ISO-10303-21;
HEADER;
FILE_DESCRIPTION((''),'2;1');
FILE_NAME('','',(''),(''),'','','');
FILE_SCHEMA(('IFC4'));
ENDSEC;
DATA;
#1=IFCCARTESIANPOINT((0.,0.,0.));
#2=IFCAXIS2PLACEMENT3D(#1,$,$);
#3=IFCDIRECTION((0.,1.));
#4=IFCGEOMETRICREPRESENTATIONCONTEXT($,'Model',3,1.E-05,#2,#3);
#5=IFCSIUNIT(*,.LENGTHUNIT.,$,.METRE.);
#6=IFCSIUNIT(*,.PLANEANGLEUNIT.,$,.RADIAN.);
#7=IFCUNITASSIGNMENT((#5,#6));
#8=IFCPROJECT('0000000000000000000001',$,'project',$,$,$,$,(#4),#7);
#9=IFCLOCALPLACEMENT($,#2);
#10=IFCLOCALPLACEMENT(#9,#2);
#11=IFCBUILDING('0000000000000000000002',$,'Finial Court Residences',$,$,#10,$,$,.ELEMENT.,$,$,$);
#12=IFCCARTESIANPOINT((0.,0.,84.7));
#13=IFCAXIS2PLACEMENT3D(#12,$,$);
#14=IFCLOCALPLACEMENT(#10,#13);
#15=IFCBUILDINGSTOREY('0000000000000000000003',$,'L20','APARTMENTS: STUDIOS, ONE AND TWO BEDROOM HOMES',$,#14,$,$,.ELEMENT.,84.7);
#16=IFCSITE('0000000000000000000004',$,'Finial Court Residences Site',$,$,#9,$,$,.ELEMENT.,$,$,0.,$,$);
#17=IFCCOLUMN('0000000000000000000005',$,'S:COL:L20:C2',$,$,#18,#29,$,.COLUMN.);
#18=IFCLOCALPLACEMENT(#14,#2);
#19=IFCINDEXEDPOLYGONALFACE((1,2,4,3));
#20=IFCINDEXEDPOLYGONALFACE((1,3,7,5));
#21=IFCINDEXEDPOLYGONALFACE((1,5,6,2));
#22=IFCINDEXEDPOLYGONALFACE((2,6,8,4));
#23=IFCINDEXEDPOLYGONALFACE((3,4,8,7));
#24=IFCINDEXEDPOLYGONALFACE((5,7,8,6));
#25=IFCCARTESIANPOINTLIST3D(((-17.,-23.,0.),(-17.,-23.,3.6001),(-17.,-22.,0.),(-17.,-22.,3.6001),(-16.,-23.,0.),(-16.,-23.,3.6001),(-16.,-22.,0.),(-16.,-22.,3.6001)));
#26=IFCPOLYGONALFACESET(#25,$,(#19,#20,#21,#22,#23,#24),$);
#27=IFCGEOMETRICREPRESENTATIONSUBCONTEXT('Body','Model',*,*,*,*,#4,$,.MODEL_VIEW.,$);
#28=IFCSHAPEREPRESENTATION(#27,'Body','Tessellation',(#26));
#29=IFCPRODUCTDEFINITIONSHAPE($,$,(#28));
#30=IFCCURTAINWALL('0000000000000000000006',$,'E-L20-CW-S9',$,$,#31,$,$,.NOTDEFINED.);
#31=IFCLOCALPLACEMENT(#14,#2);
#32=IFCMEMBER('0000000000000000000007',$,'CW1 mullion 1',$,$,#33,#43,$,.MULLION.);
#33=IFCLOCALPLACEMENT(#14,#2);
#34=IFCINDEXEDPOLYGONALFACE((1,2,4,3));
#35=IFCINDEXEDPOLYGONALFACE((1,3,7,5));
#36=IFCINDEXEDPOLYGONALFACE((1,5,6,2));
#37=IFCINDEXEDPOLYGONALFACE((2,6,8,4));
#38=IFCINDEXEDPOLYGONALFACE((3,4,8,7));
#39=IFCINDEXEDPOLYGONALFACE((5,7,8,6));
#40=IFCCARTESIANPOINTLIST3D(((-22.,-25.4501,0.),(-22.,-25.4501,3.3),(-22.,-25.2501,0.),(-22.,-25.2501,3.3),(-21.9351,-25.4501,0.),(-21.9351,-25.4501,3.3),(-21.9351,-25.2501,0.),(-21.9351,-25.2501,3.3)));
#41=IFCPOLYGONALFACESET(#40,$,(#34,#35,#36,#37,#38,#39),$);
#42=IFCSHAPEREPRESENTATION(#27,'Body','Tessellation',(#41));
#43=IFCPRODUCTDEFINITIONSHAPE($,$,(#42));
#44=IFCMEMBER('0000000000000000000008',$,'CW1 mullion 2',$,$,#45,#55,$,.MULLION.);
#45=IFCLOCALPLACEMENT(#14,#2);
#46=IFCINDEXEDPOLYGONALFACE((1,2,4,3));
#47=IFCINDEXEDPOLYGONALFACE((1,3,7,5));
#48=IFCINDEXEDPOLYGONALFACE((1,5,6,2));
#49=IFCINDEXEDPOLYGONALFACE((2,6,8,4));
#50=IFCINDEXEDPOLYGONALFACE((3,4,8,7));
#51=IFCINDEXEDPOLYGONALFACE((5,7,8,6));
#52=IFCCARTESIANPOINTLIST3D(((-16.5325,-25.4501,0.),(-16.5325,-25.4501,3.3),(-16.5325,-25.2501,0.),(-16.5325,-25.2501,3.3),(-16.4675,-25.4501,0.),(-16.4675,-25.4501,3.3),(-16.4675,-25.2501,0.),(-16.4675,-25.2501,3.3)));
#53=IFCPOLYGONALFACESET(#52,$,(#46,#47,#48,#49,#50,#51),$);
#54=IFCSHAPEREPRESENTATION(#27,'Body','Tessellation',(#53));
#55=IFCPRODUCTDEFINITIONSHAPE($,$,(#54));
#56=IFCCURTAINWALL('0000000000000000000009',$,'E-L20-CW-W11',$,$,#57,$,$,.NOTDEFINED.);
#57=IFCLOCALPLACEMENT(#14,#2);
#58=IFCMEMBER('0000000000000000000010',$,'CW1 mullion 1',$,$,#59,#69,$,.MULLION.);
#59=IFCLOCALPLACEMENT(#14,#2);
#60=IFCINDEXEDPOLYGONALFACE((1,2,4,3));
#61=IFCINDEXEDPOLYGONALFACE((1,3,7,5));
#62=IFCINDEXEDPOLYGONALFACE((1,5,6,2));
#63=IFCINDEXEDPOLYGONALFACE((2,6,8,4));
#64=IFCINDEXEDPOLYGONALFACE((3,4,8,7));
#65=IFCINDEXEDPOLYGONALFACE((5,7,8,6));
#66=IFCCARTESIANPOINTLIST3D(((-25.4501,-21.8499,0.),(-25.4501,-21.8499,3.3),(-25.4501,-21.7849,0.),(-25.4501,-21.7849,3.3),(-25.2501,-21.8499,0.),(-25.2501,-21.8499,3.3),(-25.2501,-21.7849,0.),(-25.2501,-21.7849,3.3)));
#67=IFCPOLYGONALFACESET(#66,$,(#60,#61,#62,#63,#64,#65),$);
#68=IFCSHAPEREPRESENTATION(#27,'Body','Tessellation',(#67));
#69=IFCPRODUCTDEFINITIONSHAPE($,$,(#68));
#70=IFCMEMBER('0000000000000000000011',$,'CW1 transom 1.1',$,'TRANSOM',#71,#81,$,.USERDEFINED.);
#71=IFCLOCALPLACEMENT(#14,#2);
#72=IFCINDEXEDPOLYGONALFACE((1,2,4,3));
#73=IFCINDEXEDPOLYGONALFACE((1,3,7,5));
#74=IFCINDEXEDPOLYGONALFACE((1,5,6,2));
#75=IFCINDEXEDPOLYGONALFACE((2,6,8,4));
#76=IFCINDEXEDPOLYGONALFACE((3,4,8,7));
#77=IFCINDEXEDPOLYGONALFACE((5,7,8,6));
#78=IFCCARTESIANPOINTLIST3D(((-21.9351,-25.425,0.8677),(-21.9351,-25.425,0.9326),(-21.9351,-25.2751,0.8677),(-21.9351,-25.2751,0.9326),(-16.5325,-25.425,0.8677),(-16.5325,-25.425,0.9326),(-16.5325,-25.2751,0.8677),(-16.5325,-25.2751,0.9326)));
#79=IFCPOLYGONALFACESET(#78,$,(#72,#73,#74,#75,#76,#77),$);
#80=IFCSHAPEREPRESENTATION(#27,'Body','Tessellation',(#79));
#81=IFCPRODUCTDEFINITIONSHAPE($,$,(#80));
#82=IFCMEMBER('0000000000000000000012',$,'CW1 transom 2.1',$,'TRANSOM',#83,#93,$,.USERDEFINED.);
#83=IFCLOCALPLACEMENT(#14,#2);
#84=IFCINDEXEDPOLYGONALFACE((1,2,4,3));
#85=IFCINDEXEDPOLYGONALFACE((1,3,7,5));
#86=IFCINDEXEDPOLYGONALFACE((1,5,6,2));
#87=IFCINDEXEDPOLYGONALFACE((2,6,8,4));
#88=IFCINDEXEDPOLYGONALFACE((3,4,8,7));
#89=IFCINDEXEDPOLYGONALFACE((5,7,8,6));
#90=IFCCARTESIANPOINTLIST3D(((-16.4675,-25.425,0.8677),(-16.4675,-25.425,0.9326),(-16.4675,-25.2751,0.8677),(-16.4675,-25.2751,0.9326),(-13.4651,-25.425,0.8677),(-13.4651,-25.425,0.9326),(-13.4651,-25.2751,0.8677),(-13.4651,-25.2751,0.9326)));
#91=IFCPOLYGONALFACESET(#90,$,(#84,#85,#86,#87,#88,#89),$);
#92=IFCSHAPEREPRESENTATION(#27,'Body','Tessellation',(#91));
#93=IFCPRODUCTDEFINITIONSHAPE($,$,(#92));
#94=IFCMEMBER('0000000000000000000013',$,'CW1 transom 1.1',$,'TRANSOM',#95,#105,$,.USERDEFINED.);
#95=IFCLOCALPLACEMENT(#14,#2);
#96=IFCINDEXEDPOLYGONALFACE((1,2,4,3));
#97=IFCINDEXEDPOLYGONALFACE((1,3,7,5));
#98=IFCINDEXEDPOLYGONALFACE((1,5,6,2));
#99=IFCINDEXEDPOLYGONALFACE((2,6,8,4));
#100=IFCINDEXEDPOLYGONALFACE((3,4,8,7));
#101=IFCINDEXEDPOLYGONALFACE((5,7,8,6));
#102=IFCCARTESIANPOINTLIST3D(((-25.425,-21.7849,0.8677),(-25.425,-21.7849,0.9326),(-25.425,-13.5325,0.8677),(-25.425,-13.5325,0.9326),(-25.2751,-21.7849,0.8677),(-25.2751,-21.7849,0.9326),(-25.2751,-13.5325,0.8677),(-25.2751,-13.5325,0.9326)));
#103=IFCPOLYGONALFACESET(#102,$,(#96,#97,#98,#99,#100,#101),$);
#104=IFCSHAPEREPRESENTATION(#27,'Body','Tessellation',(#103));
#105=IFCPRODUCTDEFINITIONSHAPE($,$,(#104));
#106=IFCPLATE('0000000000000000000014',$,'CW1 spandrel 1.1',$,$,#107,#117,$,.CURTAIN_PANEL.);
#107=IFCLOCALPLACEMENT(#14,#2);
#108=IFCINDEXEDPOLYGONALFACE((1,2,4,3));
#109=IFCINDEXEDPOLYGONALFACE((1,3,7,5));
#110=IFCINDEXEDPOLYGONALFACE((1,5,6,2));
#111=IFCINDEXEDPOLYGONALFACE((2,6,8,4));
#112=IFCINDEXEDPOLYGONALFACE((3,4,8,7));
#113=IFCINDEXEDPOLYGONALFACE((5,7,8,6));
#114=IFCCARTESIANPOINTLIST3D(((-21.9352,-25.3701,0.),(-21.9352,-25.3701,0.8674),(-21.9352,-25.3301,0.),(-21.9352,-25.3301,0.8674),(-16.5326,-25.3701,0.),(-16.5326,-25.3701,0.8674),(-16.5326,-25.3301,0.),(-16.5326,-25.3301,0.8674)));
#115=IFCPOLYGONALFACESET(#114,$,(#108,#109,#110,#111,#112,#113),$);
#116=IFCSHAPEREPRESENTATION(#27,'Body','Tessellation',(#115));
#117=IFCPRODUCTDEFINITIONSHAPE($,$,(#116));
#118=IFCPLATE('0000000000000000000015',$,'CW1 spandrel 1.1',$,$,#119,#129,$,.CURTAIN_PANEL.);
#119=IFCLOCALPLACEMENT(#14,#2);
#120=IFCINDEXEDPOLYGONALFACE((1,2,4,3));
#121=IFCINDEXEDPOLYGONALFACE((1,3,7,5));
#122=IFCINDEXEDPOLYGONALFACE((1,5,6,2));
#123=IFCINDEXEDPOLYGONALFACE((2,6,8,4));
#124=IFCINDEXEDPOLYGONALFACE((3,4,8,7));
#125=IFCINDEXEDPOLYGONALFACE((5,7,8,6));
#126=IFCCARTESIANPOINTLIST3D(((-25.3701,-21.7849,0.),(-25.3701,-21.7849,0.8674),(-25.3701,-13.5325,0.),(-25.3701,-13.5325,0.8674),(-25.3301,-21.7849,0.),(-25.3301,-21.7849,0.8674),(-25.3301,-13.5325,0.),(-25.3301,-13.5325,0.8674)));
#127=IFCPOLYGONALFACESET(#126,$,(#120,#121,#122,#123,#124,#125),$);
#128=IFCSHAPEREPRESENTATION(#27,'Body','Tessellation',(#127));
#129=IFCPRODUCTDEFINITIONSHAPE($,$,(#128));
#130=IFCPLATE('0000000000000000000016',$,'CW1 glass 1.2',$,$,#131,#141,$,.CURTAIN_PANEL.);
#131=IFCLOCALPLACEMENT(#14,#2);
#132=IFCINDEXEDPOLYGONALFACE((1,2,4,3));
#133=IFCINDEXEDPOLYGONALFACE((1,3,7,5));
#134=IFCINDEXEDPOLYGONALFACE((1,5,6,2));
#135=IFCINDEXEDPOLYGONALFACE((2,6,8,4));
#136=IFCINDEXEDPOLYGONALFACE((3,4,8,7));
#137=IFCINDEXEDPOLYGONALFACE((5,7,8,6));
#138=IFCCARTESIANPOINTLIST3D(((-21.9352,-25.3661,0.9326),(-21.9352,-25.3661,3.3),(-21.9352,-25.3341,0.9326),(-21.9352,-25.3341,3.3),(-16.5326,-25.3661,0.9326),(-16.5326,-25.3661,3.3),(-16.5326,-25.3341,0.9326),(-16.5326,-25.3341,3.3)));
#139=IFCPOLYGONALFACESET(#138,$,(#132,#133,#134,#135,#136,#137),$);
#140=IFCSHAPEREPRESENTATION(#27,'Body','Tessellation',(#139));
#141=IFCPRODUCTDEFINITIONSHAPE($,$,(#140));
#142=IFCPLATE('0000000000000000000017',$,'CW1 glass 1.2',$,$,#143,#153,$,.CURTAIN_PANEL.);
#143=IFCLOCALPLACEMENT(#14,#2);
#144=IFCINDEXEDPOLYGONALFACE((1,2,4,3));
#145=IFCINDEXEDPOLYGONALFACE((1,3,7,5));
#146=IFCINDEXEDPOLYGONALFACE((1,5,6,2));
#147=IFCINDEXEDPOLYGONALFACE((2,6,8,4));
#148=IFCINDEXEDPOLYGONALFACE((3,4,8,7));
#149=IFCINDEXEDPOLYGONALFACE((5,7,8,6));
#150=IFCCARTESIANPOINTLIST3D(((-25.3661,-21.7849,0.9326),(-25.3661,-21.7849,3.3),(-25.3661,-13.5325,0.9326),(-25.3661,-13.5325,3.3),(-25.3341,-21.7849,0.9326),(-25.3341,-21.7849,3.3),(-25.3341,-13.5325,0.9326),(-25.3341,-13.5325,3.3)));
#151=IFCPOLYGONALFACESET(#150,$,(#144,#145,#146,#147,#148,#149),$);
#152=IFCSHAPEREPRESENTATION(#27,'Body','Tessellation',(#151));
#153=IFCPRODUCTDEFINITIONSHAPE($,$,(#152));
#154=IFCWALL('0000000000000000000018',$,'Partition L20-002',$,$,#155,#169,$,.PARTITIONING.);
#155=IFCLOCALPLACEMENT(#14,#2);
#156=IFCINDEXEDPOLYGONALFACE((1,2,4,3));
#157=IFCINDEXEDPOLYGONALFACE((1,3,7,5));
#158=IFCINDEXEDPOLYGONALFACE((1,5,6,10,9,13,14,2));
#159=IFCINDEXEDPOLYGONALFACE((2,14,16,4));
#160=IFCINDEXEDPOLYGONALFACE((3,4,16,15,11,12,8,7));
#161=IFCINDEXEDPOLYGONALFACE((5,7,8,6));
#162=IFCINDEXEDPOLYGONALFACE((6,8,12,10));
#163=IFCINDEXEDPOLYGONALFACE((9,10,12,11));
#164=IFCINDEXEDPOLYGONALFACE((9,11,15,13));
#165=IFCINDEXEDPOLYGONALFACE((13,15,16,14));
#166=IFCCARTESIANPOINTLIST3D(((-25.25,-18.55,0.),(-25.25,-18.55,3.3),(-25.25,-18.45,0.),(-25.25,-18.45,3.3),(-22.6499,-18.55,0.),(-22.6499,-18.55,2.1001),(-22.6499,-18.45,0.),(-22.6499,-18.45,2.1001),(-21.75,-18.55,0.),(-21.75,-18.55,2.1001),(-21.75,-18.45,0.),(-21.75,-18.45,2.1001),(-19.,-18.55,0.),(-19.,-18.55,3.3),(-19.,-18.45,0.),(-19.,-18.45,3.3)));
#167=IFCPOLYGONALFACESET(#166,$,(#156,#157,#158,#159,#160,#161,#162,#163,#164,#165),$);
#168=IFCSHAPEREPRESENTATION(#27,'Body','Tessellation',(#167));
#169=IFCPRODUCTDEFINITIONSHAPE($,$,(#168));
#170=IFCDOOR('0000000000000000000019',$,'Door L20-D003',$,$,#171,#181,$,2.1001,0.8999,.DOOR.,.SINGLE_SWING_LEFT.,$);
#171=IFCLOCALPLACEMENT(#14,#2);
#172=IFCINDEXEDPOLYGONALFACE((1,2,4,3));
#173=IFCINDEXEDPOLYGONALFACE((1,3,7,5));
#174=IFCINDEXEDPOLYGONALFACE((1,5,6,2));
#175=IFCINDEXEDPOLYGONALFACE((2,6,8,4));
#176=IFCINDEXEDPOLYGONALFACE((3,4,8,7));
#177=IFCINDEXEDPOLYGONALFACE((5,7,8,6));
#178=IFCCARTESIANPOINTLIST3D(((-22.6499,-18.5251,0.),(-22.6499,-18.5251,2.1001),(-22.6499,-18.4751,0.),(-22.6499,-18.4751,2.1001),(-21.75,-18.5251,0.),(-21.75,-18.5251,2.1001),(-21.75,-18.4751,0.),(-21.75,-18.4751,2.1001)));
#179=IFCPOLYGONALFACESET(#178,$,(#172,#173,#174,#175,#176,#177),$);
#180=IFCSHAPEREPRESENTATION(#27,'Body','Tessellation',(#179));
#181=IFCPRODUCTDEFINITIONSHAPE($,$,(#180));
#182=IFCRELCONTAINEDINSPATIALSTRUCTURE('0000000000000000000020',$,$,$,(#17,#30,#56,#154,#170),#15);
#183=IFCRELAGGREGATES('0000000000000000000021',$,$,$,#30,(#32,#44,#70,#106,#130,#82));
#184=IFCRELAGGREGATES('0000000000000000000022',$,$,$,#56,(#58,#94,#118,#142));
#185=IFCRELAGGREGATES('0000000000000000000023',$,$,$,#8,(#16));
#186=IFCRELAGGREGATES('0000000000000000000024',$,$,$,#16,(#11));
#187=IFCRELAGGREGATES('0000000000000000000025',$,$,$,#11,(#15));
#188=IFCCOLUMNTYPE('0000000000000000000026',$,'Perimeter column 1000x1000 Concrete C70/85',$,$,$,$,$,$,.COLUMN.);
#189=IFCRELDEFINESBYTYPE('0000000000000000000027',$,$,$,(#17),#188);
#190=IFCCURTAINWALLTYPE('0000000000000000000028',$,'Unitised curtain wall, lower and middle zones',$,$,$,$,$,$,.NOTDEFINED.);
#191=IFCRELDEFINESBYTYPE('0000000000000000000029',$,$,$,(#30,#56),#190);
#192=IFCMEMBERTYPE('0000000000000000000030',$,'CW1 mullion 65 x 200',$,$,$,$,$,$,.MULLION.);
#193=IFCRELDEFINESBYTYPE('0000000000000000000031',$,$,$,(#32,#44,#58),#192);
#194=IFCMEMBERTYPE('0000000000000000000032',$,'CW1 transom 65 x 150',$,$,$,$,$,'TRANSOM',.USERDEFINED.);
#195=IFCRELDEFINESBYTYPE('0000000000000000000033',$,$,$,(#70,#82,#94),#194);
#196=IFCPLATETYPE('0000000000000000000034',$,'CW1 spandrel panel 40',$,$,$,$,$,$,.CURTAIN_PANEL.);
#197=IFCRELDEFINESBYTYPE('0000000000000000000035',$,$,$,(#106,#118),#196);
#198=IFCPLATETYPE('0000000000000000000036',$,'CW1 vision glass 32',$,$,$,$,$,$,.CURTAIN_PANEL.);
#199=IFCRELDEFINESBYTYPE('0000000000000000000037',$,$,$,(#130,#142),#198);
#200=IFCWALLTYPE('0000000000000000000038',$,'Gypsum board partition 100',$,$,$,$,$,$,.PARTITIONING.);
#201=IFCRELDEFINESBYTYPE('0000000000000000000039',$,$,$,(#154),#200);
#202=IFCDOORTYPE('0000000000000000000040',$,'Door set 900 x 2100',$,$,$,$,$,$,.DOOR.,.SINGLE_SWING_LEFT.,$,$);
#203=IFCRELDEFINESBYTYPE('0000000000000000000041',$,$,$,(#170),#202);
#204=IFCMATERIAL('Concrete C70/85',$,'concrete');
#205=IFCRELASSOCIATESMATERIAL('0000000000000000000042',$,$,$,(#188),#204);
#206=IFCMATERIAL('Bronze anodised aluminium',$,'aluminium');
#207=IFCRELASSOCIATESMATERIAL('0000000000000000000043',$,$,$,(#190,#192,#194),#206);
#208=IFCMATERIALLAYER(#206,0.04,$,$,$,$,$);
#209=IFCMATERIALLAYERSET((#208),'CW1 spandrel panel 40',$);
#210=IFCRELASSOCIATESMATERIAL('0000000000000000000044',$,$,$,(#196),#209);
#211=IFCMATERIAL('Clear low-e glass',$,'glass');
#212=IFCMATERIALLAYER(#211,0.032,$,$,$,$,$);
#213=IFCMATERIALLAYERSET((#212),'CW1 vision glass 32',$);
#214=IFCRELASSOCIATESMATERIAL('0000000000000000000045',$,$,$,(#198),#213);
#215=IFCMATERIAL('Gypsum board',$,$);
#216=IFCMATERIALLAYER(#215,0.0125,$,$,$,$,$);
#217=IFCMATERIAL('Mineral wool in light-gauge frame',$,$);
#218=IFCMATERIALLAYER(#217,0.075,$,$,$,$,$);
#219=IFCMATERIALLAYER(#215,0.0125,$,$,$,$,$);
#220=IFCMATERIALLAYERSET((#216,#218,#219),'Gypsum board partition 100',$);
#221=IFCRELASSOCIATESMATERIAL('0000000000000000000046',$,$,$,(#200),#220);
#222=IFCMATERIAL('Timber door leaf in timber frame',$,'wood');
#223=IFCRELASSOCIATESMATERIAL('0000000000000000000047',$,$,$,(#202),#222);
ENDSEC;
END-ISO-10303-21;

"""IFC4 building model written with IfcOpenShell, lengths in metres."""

from ifc_helpers import new_model, si_unit, direction, frame, frame_2d, origin, origin_2d, place, context, subcontext, project, spatial, rectangle, extrude, material, layer, layer_set, material_profile, profile_set, type_object, element, fill, aggregate, save


model = new_model("IFC4")

# Units and contexts
model_context = context("Model", 3, precision=1e-05, world=origin(), true_north=direction((0.0, 1.0)))
body_context = subcontext(model_context, "Body", "Model", "MODEL_VIEW")
ifc_project = project(units=[si_unit("LENGTHUNIT", "METRE"), si_unit("PLANEANGLEUNIT", "RADIAN")], contexts=[model_context])

# Site, building, storey
site_placement = place(None, origin())
site = spatial("IfcSite", under=ifc_project, at=site_placement, Name="Finial Court Residences Site", CompositionType="ELEMENT", RefElevation=0.0)
building_placement = place(site_placement, origin())
building = spatial("IfcBuilding", under=site, at=building_placement, Name="Finial Court Residences", CompositionType="ELEMENT")
storey_placement = place(building_placement, frame((0.0, 0.0, 84.7)))
storey = spatial("IfcBuildingStorey", under=building, at=storey_placement, Name="L20", Description="APARTMENTS: STUDIOS, ONE AND TWO BEDROOM HOMES", CompositionType="ELEMENT", Elevation=84.7)

# Column
ifc_material_1 = material(Name="Concrete C70/85", Category="concrete")
ifc_material_profile_1 = material_profile(ifc_material_1, rectangle(XDim=1.0, YDim=1.0, at=origin_2d()), Name="1000x1000")
ifc_profile_set_1 = profile_set([ifc_material_profile_1], Name="Concrete C70/85")
column_type = type_object("IfcColumnType", Name="Perimeter column 1000x1000 Concrete C70/85", PredefinedType="COLUMN", material=ifc_profile_set_1)
column_placement = place(storey_placement, frame((-16.5, -22.5, 0.0), z_axis=(0.0, 0.0, 1.0), x_axis=(1.0, 0.0, 0.0)))
element("IfcColumn", 1, at=column_placement, inside=storey, type_object=column_type, Name="S:COL:L20:C2", PredefinedType="COLUMN", context=body_context, shape_type="SweptSolid", body=[
    extrude(rectangle(XDim=1.0, YDim=1.0, at=origin_2d()), origin(), (0.0, 0.0, 1.0), 3.6001),
])

# Curtain wall, members
ifc_material_2 = material(Name="Bronze anodised aluminium", Category="aluminium")
curtain_wall_type = type_object("IfcCurtainWallType", Name="Unitised curtain wall, lower and middle zones", PredefinedType="NOTDEFINED", material=ifc_material_2)
curtain_wall_1_placement = place(storey_placement, origin())
curtain_wall_1 = element("IfcCurtainWall", 2, at=curtain_wall_1_placement, inside=storey, type_object=curtain_wall_type, Name="E-L20-CW-S9", PredefinedType="NOTDEFINED")
ifc_material_profile_2 = material_profile(ifc_material_2, rectangle(XDim=0.2, YDim=0.0649, at=origin_2d()), Name="CW1 mullion 65 x 200")
ifc_profile_set_2 = profile_set([ifc_material_profile_2], Name="Bronze anodised aluminium")
member_type_1 = type_object("IfcMemberType", Name="CW1 mullion 65 x 200", PredefinedType="MULLION", material=ifc_profile_set_2)
member_1_placement = place(storey_placement, frame((-21.9675, -25.3501, 0.0), z_axis=(0.0, 0.0, 1.0), x_axis=(0.0, 1.0, 0.0)))
member_1 = element("IfcMember", 3, at=member_1_placement, type_object=member_type_1, Name="CW1 mullion 1", PredefinedType="MULLION", context=body_context, shape_type="SweptSolid", body=[
    extrude(rectangle(XDim=0.2, YDim=0.0649, at=origin_2d()), origin(), (0.0, 0.0, 1.0), 3.3),
])
member_2_placement = place(storey_placement, frame((-16.5, -25.3501, 0.0), z_axis=(0.0, 0.0, 1.0), x_axis=(0.0, 1.0, 0.0)))
member_2 = element("IfcMember", 4, at=member_2_placement, type_object=member_type_1, Name="CW1 mullion 2", PredefinedType="MULLION", context=body_context, shape_type="SweptSolid", body=[
    extrude(rectangle(XDim=0.2, YDim=0.0649, at=origin_2d()), origin(), (0.0, 0.0, 1.0), 3.3),
])

# Curtain wall, member
curtain_wall_2_placement = place(storey_placement, origin())
curtain_wall_2 = element("IfcCurtainWall", 5, at=curtain_wall_2_placement, inside=storey, type_object=curtain_wall_type, Name="E-L20-CW-W11", PredefinedType="NOTDEFINED")
member_3_placement = place(storey_placement, frame((-25.3501, -21.8174, 0.0), z_axis=(0.0, 0.0, 1.0), x_axis=(-1.0, 0.0, 0.0)))
member_3 = element("IfcMember", 6, at=member_3_placement, type_object=member_type_1, Name="CW1 mullion 1", PredefinedType="MULLION", context=body_context, shape_type="SweptSolid", body=[
    extrude(rectangle(XDim=0.2, YDim=0.0649, at=origin_2d()), origin(), (0.0, 0.0, 1.0), 3.3),
])

# Members
ifc_material_profile_3 = material_profile(ifc_material_2, rectangle(XDim=0.1499, YDim=0.0649, at=origin_2d()), Name="CW1 transom 65 x 150")
ifc_profile_set_3 = profile_set([ifc_material_profile_3], Name="Bronze anodised aluminium")
member_type_2 = type_object("IfcMemberType", Name="CW1 transom 65 x 150", ElementType="TRANSOM", PredefinedType="USERDEFINED", material=ifc_profile_set_3)
member_4_placement = place(storey_placement, frame((-21.9351, -25.3501, 0.9001), z_axis=(1.0, 0.0, 0.0), x_axis=(0.0, 1.0, 0.0)))
member_4 = element("IfcMember", 7, at=member_4_placement, type_object=member_type_2, Name="CW1 transom 1.1", ObjectType="TRANSOM", PredefinedType="USERDEFINED", context=body_context, shape_type="SweptSolid", body=[
    extrude(rectangle(XDim=0.1499, YDim=0.0649, at=origin_2d()), origin(), (0.0, 0.0, 1.0), 5.4026),
])
member_5_placement = place(storey_placement, frame((-16.4675, -25.3501, 0.9001), z_axis=(1.0, 0.0, 0.0), x_axis=(0.0, 1.0, 0.0)))
member_5 = element("IfcMember", 8, at=member_5_placement, type_object=member_type_2, Name="CW1 transom 2.1", ObjectType="TRANSOM", PredefinedType="USERDEFINED", context=body_context, shape_type="SweptSolid", body=[
    extrude(rectangle(XDim=0.1499, YDim=0.0649, at=origin_2d()), origin(), (0.0, 0.0, 1.0), 3.0024),
])
member_6_placement = place(storey_placement, frame((-25.3501, -21.7849, 0.9001), z_axis=(0.0, 1.0, 0.0), x_axis=(-1.0, 0.0, 0.0)))
member_6 = element("IfcMember", 9, at=member_6_placement, type_object=member_type_2, Name="CW1 transom 1.1", ObjectType="TRANSOM", PredefinedType="USERDEFINED", context=body_context, shape_type="SweptSolid", body=[
    extrude(rectangle(XDim=0.1499, YDim=0.0649, at=origin_2d()), origin(), (0.0, 0.0, 1.0), 8.2524),
])

# Plates
ifc_layer_1 = layer(ifc_material_2, 0.04)
ifc_layer_set_1 = layer_set([ifc_layer_1], Name="CW1 spandrel panel 40")
plate_type_1 = type_object("IfcPlateType", Name="CW1 spandrel panel 40", PredefinedType="CURTAIN_PANEL", material=ifc_layer_set_1)
plate_1_placement = place(storey_placement, frame((-19.2339, -25.3501, 0.0), z_axis=(0.0, 0.0, 1.0), x_axis=(1.0, 0.0, 0.0)))
plate_1 = element("IfcPlate", 10, at=plate_1_placement, type_object=plate_type_1, Name="CW1 spandrel 1.1", PredefinedType="CURTAIN_PANEL", context=body_context, shape_type="SweptSolid", body=[
    extrude(rectangle(XDim=5.4026, YDim=0.04, at=origin_2d()), origin(), (0.0, 0.0, 1.0), 0.8674),
])
plate_2_placement = place(storey_placement, frame((-25.3501, -17.6587, 0.0), z_axis=(0.0, 0.0, 1.0), x_axis=(0.0, 1.0, 0.0)))
plate_2 = element("IfcPlate", 11, at=plate_2_placement, type_object=plate_type_1, Name="CW1 spandrel 1.1", PredefinedType="CURTAIN_PANEL", context=body_context, shape_type="SweptSolid", body=[
    extrude(rectangle(XDim=8.2524, YDim=0.04, at=origin_2d()), origin(), (0.0, 0.0, 1.0), 0.8674),
])
ifc_material_3 = material(Name="Clear low-e glass", Category="glass")
ifc_layer_2 = layer(ifc_material_3, 0.032)
ifc_layer_set_2 = layer_set([ifc_layer_2], Name="CW1 vision glass 32")
plate_type_2 = type_object("IfcPlateType", Name="CW1 vision glass 32", PredefinedType="CURTAIN_PANEL", material=ifc_layer_set_2)
plate_3_placement = place(storey_placement, frame((-19.2339, -25.3501, 0.9326), z_axis=(0.0, 0.0, 1.0), x_axis=(1.0, 0.0, 0.0)))
plate_3 = element("IfcPlate", 12, at=plate_3_placement, type_object=plate_type_2, Name="CW1 glass 1.2", PredefinedType="CURTAIN_PANEL", context=body_context, shape_type="SweptSolid", body=[
    extrude(rectangle(XDim=5.4026, YDim=0.032, at=origin_2d()), origin(), (0.0, 0.0, 1.0), 2.3674),
])
aggregate(curtain_wall_1, [member_1, member_2, member_4, plate_1, plate_3, member_5])
plate_4_placement = place(storey_placement, frame((-25.3501, -17.6587, 0.9326), z_axis=(0.0, 0.0, 1.0), x_axis=(0.0, 1.0, 0.0)))
plate_4 = element("IfcPlate", 13, at=plate_4_placement, type_object=plate_type_2, Name="CW1 glass 1.2", PredefinedType="CURTAIN_PANEL", context=body_context, shape_type="SweptSolid", body=[
    extrude(rectangle(XDim=8.2524, YDim=0.032, at=origin_2d()), origin(), (0.0, 0.0, 1.0), 2.3674),
])
aggregate(curtain_wall_2, [member_3, member_6, plate_2, plate_4])

# Wall, opening, door
ifc_material_4 = material(Name="Gypsum board")
ifc_layer_3 = layer(ifc_material_4, 0.0125)
ifc_material_5 = material(Name="Mineral wool in light-gauge frame")
ifc_layer_4 = layer(ifc_material_5, 0.075)
ifc_layer_5 = layer(ifc_material_4, 0.0125)
ifc_layer_set_3 = layer_set([ifc_layer_3, ifc_layer_4, ifc_layer_5], Name="Gypsum board partition 100")
wall_type_1 = type_object("IfcWallType", Name="Gypsum board partition 100", PredefinedType="PARTITIONING", material=ifc_layer_set_3)
wall_1_placement = place(storey_placement, frame((-25.25, -18.5, 0.0), z_axis=(0.0, 0.0, 1.0), x_axis=(1.0, 0.0, 0.0)))
wall_1 = element("IfcWall", 14, at=wall_1_placement, inside=storey, type_object=wall_type_1, Name="Partition L20-002", PredefinedType="PARTITIONING", context=body_context, shape_type="SweptSolid", body=[
    extrude(rectangle(XDim=6.25, YDim=0.1001, at=frame_2d((3.125, 0.0))), origin(), (0.0, 0.0, 1.0), 3.3),
])
opening_1_placement = place(wall_1_placement, frame((2.6001, 0.0, 0.0)))
opening_1 = element("IfcOpeningElement", 15, at=opening_1_placement, cuts=wall_1, PredefinedType="OPENING", context=body_context, shape_type="SweptSolid", body=[
    extrude(rectangle(XDim=0.8999, YDim=2.1001, at=frame_2d((0.45, 1.05))), frame((0.0, 0.0601, 0.0), z_axis=(0.0, -1.0, 0.0), x_axis=(1.0, 0.0, 0.0)), (0.0, 0.0, 1.0), 0.1201),
])
ifc_material_6 = material(Name="Timber door leaf in timber frame", Category="wood")
door_type = type_object("IfcDoorType", Name="Door set 900 x 2100", OperationType="SINGLE_SWING_LEFT", PredefinedType="DOOR", material=ifc_material_6)
door_placement = place(opening_1_placement, origin())
door = element("IfcDoor", 16, at=door_placement, inside=storey, type_object=door_type, Name="Door L20-D003", OperationType="SINGLE_SWING_LEFT", OverallHeight=2.1001, OverallWidth=0.8999, PredefinedType="DOOR", context=body_context, shape_type="SweptSolid", body=[
    extrude(rectangle(XDim=0.8999, YDim=2.1001, at=frame_2d((0.45, 1.05))), frame((0.0, 0.0249, 0.0), z_axis=(0.0, -1.0, 0.0), x_axis=(1.0, 0.0, 0.0)), (0.0, 0.0, 1.0), 0.05),
])
fill(opening_1, door)

save(model, "model.ifc")
